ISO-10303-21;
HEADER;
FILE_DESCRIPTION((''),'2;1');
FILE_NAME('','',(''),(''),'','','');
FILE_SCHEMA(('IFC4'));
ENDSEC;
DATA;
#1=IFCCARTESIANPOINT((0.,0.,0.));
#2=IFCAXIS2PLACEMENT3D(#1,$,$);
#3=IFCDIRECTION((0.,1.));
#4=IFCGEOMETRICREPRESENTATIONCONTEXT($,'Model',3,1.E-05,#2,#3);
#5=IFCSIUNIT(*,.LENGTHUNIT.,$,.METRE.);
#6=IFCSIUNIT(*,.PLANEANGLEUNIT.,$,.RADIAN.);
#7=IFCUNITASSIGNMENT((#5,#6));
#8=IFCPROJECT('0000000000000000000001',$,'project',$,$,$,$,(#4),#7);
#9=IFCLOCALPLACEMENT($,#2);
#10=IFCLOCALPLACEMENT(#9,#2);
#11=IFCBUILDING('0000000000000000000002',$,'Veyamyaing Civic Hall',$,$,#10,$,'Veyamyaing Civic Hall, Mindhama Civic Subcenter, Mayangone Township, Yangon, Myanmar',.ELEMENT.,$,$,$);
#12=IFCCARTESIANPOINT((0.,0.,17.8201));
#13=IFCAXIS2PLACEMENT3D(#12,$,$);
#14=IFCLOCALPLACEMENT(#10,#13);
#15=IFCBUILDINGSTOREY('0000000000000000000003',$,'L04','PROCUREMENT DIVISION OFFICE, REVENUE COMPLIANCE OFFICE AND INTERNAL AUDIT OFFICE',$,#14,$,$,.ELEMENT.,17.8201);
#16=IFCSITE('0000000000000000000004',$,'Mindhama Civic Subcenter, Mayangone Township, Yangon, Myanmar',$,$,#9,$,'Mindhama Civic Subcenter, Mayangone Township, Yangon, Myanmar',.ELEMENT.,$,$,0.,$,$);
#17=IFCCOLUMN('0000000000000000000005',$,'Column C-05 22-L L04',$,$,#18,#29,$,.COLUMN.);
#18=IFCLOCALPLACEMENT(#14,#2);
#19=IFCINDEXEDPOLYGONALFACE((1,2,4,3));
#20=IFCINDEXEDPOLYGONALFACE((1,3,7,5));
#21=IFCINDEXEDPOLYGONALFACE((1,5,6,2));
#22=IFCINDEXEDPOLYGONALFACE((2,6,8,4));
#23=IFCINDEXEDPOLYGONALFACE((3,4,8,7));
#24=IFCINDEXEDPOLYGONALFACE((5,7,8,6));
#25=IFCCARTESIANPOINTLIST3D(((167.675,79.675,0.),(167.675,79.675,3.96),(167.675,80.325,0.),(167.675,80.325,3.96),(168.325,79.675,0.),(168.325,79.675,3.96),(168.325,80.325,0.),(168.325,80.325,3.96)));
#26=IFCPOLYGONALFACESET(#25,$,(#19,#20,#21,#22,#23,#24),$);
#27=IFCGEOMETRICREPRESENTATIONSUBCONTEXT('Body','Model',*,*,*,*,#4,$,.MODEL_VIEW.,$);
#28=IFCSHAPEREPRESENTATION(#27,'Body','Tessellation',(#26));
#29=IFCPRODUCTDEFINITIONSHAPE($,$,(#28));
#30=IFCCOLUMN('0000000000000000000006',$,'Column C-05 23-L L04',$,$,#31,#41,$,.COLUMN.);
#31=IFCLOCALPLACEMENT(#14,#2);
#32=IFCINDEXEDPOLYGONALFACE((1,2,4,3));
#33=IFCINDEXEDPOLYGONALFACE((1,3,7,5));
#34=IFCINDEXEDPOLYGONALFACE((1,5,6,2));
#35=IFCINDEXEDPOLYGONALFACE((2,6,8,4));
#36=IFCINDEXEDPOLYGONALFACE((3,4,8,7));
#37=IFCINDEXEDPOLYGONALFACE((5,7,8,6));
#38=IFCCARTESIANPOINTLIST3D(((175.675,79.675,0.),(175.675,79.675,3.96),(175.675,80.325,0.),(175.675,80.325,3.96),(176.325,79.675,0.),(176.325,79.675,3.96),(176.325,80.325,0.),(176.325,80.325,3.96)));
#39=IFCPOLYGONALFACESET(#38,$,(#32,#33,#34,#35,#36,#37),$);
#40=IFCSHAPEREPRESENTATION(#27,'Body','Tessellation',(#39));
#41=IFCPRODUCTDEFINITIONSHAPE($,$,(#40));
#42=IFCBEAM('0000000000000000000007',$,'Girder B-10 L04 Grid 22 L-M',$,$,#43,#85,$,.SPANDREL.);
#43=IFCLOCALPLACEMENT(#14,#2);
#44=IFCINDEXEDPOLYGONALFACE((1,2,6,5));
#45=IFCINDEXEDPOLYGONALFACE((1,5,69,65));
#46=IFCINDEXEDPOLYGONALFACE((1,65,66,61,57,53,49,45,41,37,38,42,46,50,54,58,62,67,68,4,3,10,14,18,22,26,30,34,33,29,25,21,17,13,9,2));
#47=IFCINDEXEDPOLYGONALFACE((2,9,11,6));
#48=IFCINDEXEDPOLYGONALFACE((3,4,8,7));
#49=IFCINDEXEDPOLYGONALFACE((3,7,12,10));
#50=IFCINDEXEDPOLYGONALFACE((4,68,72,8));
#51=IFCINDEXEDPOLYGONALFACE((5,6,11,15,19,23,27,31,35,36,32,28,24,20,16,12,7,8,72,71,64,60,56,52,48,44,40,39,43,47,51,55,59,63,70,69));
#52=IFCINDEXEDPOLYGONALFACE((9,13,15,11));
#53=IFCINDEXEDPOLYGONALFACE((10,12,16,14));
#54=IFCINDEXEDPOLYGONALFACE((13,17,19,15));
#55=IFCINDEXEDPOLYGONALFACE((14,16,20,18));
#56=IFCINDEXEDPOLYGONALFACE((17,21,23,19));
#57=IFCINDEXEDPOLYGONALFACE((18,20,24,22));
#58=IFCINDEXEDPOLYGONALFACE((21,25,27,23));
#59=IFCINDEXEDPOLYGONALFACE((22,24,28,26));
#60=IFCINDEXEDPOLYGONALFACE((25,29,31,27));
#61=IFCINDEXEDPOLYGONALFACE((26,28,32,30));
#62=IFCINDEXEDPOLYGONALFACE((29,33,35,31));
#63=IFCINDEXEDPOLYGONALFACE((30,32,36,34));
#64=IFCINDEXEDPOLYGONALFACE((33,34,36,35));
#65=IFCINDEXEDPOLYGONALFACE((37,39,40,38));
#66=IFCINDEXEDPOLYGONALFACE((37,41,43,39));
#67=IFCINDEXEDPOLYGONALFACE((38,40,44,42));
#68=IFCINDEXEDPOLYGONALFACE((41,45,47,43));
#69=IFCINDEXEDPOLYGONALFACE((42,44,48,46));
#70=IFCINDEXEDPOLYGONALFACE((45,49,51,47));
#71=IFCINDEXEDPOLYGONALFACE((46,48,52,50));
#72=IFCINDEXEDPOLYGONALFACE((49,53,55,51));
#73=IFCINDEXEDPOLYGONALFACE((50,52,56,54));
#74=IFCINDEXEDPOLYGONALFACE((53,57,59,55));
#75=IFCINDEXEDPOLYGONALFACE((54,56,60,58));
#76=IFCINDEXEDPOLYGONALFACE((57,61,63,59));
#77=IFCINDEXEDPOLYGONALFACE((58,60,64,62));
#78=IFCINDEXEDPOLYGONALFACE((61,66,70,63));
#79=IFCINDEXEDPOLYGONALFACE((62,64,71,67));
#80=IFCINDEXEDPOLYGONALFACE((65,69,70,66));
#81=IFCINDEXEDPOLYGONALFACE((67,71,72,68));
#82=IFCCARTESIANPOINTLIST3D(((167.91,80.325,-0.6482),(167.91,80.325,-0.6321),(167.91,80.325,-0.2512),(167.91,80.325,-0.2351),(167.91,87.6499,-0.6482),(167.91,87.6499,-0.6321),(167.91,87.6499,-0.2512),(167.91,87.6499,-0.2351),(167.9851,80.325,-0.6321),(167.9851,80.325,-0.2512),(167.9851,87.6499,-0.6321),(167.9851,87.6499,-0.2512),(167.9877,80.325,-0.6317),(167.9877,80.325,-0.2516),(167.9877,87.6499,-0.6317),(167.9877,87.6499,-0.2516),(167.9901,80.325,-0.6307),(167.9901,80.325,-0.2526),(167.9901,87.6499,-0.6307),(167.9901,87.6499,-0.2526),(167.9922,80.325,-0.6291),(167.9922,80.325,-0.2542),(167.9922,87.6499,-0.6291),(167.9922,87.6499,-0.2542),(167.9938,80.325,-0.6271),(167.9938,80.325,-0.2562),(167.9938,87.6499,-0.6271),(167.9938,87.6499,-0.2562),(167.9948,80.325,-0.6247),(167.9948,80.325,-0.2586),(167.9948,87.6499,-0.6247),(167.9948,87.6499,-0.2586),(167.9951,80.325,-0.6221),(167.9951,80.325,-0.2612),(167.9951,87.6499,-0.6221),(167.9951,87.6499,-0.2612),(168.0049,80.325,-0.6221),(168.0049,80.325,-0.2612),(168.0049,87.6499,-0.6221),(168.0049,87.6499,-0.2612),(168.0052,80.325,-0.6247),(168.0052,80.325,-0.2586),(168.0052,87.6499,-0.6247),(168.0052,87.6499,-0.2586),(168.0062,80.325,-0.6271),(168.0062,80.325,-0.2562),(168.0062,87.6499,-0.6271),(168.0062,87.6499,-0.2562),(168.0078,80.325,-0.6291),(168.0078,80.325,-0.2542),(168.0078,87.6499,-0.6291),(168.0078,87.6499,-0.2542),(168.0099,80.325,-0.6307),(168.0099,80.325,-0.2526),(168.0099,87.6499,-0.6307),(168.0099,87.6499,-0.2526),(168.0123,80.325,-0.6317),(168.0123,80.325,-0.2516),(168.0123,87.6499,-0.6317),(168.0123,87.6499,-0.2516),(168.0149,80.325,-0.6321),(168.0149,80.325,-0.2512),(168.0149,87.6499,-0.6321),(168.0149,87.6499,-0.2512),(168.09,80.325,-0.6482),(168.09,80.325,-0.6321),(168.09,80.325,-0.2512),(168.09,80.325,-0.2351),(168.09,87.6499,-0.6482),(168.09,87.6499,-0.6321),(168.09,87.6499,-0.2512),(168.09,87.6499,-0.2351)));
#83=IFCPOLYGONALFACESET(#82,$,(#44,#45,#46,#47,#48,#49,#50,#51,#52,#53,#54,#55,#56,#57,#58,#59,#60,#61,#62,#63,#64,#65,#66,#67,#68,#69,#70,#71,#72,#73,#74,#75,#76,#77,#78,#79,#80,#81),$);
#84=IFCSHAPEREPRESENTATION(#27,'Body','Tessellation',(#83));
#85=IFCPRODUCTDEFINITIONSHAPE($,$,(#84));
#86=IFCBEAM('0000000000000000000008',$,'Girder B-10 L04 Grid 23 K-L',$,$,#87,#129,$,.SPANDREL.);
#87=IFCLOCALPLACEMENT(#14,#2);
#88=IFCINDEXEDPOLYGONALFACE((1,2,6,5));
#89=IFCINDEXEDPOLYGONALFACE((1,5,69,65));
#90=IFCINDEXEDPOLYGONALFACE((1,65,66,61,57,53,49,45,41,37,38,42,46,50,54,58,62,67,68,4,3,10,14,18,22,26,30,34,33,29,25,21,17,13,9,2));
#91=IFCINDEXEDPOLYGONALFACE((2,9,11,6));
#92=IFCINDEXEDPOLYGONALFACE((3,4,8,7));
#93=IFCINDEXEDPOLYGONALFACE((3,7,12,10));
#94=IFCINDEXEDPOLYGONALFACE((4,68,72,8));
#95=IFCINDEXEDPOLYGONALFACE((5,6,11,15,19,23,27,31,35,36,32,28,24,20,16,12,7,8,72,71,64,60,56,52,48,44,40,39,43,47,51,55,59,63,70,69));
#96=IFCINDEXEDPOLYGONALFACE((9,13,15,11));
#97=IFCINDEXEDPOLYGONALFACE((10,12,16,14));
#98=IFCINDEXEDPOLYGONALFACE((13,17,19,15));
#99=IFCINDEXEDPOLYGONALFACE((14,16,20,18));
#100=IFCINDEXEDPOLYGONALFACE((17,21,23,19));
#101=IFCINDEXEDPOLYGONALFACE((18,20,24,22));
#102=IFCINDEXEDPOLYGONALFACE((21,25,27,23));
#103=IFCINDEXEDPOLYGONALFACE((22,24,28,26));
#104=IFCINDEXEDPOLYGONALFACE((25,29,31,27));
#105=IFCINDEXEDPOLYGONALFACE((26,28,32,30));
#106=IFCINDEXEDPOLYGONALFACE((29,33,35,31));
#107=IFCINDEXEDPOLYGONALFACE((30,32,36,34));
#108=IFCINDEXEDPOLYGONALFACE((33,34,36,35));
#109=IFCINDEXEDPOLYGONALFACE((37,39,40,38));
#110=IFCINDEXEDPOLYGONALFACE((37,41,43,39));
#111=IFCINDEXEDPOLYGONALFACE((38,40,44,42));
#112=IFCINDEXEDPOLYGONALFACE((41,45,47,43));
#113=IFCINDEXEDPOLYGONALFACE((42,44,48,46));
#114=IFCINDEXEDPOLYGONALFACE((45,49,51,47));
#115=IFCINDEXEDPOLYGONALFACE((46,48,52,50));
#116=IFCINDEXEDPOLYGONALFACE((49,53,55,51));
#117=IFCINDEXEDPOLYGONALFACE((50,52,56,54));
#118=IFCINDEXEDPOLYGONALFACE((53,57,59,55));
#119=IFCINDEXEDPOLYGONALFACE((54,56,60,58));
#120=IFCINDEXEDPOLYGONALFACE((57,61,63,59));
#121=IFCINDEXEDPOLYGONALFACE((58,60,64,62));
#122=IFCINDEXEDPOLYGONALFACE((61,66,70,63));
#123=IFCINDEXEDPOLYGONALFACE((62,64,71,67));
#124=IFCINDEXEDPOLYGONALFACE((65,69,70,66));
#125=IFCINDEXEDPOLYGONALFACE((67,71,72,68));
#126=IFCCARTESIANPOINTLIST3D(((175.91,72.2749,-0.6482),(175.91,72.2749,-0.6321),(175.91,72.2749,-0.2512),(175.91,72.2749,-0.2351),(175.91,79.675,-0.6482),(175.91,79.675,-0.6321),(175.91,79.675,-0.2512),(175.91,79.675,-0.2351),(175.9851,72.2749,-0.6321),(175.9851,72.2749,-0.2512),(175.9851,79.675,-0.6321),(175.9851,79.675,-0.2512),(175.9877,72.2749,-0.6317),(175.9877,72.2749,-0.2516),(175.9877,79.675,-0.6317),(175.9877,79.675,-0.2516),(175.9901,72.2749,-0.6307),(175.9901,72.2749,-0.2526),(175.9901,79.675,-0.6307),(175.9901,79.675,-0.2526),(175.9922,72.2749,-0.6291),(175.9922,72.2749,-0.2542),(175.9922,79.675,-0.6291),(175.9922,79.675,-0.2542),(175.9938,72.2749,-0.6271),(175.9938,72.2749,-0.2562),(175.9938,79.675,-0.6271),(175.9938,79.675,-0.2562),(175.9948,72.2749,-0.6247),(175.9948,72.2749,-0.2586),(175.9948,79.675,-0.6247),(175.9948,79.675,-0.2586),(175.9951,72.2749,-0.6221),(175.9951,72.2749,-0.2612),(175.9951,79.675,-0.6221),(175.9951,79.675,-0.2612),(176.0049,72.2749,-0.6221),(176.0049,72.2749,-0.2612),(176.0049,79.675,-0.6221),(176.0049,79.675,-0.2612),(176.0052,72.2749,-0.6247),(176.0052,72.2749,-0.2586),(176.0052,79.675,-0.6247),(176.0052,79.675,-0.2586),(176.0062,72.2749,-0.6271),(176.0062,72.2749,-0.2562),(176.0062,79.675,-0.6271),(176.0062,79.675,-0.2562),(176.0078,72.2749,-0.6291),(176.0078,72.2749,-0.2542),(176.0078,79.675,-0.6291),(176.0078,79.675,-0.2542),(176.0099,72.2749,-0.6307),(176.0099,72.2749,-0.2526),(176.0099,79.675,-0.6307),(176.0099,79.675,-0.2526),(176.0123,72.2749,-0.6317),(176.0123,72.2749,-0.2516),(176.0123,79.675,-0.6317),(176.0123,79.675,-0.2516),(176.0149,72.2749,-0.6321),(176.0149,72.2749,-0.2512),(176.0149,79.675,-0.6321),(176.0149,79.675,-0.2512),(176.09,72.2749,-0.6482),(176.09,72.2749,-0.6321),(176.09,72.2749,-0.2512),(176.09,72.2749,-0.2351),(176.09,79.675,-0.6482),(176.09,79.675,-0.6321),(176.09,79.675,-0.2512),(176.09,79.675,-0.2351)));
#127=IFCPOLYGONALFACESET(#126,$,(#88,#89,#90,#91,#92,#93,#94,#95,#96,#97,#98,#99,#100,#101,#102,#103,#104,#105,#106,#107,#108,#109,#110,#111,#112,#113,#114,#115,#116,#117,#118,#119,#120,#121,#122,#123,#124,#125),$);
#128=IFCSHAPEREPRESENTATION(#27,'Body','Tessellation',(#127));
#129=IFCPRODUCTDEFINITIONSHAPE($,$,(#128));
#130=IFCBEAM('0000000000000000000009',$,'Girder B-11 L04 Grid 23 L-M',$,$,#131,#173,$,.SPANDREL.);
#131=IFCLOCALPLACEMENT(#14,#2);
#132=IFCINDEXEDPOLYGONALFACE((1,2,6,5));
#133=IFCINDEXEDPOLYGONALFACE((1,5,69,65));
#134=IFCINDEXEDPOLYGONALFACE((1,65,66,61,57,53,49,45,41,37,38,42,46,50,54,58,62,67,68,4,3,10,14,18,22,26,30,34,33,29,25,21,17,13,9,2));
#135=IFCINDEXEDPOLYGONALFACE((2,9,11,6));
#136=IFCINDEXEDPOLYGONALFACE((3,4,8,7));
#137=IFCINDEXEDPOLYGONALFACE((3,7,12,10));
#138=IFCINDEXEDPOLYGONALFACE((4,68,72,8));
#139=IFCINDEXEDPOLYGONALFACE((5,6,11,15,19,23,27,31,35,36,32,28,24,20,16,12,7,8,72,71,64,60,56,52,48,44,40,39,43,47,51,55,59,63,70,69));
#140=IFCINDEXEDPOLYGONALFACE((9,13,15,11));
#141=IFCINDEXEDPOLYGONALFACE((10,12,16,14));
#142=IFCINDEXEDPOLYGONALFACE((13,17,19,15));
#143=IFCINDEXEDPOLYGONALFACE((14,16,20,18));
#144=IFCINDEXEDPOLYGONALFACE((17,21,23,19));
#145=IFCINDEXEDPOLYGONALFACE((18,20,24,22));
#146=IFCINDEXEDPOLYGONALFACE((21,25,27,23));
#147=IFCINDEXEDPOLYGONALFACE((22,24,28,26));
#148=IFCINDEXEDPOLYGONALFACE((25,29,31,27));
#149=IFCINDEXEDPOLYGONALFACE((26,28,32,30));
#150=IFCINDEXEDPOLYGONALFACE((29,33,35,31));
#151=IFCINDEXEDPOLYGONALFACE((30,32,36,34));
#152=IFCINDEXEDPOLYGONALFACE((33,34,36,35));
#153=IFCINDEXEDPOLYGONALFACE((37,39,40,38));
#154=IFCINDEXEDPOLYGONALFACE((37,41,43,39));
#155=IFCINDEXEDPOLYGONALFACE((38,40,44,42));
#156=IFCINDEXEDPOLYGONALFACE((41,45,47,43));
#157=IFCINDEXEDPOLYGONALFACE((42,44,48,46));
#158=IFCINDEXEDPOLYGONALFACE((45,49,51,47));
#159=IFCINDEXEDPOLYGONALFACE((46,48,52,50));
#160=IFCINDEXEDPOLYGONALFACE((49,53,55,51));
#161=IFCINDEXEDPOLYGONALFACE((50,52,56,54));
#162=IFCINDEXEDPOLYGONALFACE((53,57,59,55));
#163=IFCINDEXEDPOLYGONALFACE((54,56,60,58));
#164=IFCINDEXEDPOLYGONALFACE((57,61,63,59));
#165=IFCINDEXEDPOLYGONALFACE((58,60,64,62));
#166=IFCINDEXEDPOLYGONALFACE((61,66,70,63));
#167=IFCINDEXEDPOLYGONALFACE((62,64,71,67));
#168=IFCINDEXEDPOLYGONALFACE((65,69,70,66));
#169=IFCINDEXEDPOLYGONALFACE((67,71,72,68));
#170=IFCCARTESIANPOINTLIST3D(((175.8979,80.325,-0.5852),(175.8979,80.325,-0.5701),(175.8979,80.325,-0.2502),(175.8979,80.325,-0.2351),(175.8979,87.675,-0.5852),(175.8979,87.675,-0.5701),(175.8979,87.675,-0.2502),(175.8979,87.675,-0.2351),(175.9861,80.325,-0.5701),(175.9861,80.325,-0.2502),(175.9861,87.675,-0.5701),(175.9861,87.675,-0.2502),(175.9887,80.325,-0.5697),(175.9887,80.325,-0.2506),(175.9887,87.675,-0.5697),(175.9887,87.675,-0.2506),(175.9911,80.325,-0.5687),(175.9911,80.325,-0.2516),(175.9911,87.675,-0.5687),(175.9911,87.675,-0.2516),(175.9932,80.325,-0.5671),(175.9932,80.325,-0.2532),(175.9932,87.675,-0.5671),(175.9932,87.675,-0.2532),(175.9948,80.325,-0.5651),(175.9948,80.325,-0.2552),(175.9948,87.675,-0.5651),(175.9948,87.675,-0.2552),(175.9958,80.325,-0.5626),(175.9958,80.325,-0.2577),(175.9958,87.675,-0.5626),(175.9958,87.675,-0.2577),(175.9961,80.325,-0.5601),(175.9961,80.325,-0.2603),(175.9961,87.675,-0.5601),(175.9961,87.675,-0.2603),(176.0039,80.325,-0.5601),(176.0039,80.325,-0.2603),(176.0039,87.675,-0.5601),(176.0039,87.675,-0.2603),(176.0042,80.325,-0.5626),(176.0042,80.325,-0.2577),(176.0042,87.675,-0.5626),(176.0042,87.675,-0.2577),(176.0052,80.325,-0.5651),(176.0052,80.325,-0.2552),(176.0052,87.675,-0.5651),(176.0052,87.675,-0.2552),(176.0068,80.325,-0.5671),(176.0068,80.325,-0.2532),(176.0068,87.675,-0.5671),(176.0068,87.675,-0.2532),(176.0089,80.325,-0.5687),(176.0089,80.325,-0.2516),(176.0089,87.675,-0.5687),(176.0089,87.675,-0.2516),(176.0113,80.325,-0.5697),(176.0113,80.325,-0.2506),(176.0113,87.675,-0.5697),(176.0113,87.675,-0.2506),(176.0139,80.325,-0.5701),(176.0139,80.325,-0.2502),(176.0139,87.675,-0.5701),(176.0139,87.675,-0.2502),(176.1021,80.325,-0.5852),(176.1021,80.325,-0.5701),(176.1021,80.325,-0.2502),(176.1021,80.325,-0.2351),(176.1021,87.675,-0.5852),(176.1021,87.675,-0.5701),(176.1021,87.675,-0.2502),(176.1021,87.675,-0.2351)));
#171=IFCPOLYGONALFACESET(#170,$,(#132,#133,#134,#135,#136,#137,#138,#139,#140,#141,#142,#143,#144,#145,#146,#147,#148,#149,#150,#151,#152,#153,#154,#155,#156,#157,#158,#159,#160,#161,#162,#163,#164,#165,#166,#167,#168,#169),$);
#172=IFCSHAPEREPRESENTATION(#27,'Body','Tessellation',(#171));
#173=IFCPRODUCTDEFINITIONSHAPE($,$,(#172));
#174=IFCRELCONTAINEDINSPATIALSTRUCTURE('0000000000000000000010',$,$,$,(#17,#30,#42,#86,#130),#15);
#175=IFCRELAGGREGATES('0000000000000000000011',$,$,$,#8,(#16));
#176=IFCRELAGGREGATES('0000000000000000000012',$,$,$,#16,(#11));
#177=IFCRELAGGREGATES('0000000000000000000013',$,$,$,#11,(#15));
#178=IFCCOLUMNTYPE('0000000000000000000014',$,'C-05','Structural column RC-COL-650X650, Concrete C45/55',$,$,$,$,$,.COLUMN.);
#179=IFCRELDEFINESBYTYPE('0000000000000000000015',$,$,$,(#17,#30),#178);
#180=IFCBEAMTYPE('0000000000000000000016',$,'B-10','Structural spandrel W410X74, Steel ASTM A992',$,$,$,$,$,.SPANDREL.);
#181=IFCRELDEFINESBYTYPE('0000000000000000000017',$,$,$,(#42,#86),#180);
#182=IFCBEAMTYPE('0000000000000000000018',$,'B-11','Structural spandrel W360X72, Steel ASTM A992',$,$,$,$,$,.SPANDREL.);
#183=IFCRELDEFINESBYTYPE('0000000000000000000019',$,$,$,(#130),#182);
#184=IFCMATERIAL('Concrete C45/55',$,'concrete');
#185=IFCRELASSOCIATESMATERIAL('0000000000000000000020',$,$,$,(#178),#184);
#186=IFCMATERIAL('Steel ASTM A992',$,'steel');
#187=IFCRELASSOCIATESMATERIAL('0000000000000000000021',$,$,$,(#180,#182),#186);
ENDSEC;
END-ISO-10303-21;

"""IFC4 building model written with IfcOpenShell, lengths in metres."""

from ifc_helpers import new_model, si_unit, direction, frame, origin, origin_2d, place, context, subcontext, project, spatial, rectangle, i_section, extrude, material, material_profile, profile_set, type_object, element, save


model = new_model("IFC4")

# Units and contexts
model_context = context("Model", 3, precision=1e-05, world=origin(), true_north=direction((0.0, 1.0)))
body_context = subcontext(model_context, "Body", "Model", "MODEL_VIEW")
ifc_project = project(units=[si_unit("LENGTHUNIT", "METRE"), si_unit("PLANEANGLEUNIT", "RADIAN")], contexts=[model_context])

# Site, building, storey
site_placement = place(None, origin())
site = spatial("IfcSite", under=ifc_project, at=site_placement, Name="Mindhama Civic Subcenter, Mayangone Township, Yangon, Myanmar", LongName="Mindhama Civic Subcenter, Mayangone Township, Yangon, Myanmar", CompositionType="ELEMENT", RefElevation=0.0)
building_placement = place(site_placement, origin())
building = spatial("IfcBuilding", under=site, at=building_placement, Name="Veyamyaing Civic Hall", LongName="Veyamyaing Civic Hall, Mindhama Civic Subcenter, Mayangone Township, Yangon, Myanmar", CompositionType="ELEMENT")
storey_placement = place(building_placement, frame((0.0, 0.0, 17.8201)))
storey = spatial("IfcBuildingStorey", under=building, at=storey_placement, Name="L04", Description="PROCUREMENT DIVISION OFFICE, REVENUE COMPLIANCE OFFICE AND INTERNAL AUDIT OFFICE", CompositionType="ELEMENT", Elevation=17.8201)

# Columns
ifc_material_1 = material(Name="Concrete C45/55", Category="concrete")
ifc_material_profile_1 = material_profile(ifc_material_1, rectangle(XDim=0.6499, YDim=0.6499, at=origin_2d()), Name="RC-COL-650X650")
ifc_profile_set_1 = profile_set([ifc_material_profile_1], Name="Concrete C45/55")
column_type = type_object("IfcColumnType", Name="C-05", Description="Structural column RC-COL-650X650, Concrete C45/55", PredefinedType="COLUMN", material=ifc_profile_set_1)
for number, where, z_axis, x_axis, name in (
    (1, (168.0, 80.0, 0.0), (0.0, 0.0, 1.0), (1.0, 0.0, 0.0), "Column C-05 22-L L04"),
    (2, (176.0, 80.0, 0.0), (0.0, 0.0, 1.0), (1.0, 0.0, 0.0), "Column C-05 23-L L04"),
):
    element("IfcColumn", number, at=place(storey_placement, frame(where, z_axis=z_axis, x_axis=x_axis)), inside=storey, type_object=column_type, Name=name, PredefinedType="COLUMN", context=body_context, shape_type="SweptSolid", body=[
        extrude(rectangle(XDim=0.6499, YDim=0.6499, at=origin_2d()), origin(), (0.0, 0.0, 1.0), 3.96),
    ])

# Beams
ifc_material_2 = material(Name="Steel ASTM A992", Category="steel")
ifc_material_profile_2 = material_profile(ifc_material_2, i_section(OverallWidth=0.1799, OverallDepth=0.4131, WebThickness=0.0098, FlangeThickness=0.0161, FilletRadius=0.01, at=origin_2d()), Name="W410X74")
ifc_profile_set_2 = profile_set([ifc_material_profile_2], Name="Steel ASTM A992")
beam_type_1 = type_object("IfcBeamType", Name="B-10", Description="Structural spandrel W410X74, Steel ASTM A992", PredefinedType="SPANDREL", material=ifc_profile_set_2)
beam_1_placement = place(storey_placement, frame((168.0, 80.325, -0.4417), z_axis=(0.0, 1.0, 0.0), x_axis=(-1.0, 0.0, 0.0)))
element("IfcBeam", 3, at=beam_1_placement, inside=storey, type_object=beam_type_1, Name="Girder B-10 L04 Grid 22 L-M", PredefinedType="SPANDREL", context=body_context, shape_type="SweptSolid", body=[
    extrude(i_section(OverallWidth=0.1799, OverallDepth=0.4131, WebThickness=0.0098, FlangeThickness=0.0161, FilletRadius=0.01, at=origin_2d()), origin(), (0.0, 0.0, 1.0), 7.325),
])
beam_2_placement = place(storey_placement, frame((176.0, 72.2749, -0.4417), z_axis=(0.0, 1.0, 0.0), x_axis=(-1.0, 0.0, 0.0)))
element("IfcBeam", 4, at=beam_2_placement, inside=storey, type_object=beam_type_1, Name="Girder B-10 L04 Grid 23 K-L", PredefinedType="SPANDREL", context=body_context, shape_type="SweptSolid", body=[
    extrude(i_section(OverallWidth=0.1799, OverallDepth=0.4131, WebThickness=0.0098, FlangeThickness=0.0161, FilletRadius=0.01, at=origin_2d()), origin(), (0.0, 0.0, 1.0), 7.4001),
])
ifc_material_profile_3 = material_profile(ifc_material_2, i_section(OverallWidth=0.2041, OverallDepth=0.3501, WebThickness=0.0078, FlangeThickness=0.0151, FilletRadius=0.01, at=origin_2d()), Name="W360X72")
ifc_profile_set_3 = profile_set([ifc_material_profile_3], Name="Steel ASTM A992")
beam_type_2 = type_object("IfcBeamType", Name="B-11", Description="Structural spandrel W360X72, Steel ASTM A992", PredefinedType="SPANDREL", material=ifc_profile_set_3)
beam_3_placement = place(storey_placement, frame((176.0, 80.325, -0.4102), z_axis=(0.0, 1.0, 0.0), x_axis=(-1.0, 0.0, 0.0)))
element("IfcBeam", 5, at=beam_3_placement, inside=storey, type_object=beam_type_2, Name="Girder B-11 L04 Grid 23 L-M", PredefinedType="SPANDREL", context=body_context, shape_type="SweptSolid", body=[
    extrude(i_section(OverallWidth=0.2041, OverallDepth=0.3501, WebThickness=0.0078, FlangeThickness=0.0151, FilletRadius=0.01, at=origin_2d()), origin(), (0.0, 0.0, 1.0), 7.3501),
])

save(model, "model.ifc")
